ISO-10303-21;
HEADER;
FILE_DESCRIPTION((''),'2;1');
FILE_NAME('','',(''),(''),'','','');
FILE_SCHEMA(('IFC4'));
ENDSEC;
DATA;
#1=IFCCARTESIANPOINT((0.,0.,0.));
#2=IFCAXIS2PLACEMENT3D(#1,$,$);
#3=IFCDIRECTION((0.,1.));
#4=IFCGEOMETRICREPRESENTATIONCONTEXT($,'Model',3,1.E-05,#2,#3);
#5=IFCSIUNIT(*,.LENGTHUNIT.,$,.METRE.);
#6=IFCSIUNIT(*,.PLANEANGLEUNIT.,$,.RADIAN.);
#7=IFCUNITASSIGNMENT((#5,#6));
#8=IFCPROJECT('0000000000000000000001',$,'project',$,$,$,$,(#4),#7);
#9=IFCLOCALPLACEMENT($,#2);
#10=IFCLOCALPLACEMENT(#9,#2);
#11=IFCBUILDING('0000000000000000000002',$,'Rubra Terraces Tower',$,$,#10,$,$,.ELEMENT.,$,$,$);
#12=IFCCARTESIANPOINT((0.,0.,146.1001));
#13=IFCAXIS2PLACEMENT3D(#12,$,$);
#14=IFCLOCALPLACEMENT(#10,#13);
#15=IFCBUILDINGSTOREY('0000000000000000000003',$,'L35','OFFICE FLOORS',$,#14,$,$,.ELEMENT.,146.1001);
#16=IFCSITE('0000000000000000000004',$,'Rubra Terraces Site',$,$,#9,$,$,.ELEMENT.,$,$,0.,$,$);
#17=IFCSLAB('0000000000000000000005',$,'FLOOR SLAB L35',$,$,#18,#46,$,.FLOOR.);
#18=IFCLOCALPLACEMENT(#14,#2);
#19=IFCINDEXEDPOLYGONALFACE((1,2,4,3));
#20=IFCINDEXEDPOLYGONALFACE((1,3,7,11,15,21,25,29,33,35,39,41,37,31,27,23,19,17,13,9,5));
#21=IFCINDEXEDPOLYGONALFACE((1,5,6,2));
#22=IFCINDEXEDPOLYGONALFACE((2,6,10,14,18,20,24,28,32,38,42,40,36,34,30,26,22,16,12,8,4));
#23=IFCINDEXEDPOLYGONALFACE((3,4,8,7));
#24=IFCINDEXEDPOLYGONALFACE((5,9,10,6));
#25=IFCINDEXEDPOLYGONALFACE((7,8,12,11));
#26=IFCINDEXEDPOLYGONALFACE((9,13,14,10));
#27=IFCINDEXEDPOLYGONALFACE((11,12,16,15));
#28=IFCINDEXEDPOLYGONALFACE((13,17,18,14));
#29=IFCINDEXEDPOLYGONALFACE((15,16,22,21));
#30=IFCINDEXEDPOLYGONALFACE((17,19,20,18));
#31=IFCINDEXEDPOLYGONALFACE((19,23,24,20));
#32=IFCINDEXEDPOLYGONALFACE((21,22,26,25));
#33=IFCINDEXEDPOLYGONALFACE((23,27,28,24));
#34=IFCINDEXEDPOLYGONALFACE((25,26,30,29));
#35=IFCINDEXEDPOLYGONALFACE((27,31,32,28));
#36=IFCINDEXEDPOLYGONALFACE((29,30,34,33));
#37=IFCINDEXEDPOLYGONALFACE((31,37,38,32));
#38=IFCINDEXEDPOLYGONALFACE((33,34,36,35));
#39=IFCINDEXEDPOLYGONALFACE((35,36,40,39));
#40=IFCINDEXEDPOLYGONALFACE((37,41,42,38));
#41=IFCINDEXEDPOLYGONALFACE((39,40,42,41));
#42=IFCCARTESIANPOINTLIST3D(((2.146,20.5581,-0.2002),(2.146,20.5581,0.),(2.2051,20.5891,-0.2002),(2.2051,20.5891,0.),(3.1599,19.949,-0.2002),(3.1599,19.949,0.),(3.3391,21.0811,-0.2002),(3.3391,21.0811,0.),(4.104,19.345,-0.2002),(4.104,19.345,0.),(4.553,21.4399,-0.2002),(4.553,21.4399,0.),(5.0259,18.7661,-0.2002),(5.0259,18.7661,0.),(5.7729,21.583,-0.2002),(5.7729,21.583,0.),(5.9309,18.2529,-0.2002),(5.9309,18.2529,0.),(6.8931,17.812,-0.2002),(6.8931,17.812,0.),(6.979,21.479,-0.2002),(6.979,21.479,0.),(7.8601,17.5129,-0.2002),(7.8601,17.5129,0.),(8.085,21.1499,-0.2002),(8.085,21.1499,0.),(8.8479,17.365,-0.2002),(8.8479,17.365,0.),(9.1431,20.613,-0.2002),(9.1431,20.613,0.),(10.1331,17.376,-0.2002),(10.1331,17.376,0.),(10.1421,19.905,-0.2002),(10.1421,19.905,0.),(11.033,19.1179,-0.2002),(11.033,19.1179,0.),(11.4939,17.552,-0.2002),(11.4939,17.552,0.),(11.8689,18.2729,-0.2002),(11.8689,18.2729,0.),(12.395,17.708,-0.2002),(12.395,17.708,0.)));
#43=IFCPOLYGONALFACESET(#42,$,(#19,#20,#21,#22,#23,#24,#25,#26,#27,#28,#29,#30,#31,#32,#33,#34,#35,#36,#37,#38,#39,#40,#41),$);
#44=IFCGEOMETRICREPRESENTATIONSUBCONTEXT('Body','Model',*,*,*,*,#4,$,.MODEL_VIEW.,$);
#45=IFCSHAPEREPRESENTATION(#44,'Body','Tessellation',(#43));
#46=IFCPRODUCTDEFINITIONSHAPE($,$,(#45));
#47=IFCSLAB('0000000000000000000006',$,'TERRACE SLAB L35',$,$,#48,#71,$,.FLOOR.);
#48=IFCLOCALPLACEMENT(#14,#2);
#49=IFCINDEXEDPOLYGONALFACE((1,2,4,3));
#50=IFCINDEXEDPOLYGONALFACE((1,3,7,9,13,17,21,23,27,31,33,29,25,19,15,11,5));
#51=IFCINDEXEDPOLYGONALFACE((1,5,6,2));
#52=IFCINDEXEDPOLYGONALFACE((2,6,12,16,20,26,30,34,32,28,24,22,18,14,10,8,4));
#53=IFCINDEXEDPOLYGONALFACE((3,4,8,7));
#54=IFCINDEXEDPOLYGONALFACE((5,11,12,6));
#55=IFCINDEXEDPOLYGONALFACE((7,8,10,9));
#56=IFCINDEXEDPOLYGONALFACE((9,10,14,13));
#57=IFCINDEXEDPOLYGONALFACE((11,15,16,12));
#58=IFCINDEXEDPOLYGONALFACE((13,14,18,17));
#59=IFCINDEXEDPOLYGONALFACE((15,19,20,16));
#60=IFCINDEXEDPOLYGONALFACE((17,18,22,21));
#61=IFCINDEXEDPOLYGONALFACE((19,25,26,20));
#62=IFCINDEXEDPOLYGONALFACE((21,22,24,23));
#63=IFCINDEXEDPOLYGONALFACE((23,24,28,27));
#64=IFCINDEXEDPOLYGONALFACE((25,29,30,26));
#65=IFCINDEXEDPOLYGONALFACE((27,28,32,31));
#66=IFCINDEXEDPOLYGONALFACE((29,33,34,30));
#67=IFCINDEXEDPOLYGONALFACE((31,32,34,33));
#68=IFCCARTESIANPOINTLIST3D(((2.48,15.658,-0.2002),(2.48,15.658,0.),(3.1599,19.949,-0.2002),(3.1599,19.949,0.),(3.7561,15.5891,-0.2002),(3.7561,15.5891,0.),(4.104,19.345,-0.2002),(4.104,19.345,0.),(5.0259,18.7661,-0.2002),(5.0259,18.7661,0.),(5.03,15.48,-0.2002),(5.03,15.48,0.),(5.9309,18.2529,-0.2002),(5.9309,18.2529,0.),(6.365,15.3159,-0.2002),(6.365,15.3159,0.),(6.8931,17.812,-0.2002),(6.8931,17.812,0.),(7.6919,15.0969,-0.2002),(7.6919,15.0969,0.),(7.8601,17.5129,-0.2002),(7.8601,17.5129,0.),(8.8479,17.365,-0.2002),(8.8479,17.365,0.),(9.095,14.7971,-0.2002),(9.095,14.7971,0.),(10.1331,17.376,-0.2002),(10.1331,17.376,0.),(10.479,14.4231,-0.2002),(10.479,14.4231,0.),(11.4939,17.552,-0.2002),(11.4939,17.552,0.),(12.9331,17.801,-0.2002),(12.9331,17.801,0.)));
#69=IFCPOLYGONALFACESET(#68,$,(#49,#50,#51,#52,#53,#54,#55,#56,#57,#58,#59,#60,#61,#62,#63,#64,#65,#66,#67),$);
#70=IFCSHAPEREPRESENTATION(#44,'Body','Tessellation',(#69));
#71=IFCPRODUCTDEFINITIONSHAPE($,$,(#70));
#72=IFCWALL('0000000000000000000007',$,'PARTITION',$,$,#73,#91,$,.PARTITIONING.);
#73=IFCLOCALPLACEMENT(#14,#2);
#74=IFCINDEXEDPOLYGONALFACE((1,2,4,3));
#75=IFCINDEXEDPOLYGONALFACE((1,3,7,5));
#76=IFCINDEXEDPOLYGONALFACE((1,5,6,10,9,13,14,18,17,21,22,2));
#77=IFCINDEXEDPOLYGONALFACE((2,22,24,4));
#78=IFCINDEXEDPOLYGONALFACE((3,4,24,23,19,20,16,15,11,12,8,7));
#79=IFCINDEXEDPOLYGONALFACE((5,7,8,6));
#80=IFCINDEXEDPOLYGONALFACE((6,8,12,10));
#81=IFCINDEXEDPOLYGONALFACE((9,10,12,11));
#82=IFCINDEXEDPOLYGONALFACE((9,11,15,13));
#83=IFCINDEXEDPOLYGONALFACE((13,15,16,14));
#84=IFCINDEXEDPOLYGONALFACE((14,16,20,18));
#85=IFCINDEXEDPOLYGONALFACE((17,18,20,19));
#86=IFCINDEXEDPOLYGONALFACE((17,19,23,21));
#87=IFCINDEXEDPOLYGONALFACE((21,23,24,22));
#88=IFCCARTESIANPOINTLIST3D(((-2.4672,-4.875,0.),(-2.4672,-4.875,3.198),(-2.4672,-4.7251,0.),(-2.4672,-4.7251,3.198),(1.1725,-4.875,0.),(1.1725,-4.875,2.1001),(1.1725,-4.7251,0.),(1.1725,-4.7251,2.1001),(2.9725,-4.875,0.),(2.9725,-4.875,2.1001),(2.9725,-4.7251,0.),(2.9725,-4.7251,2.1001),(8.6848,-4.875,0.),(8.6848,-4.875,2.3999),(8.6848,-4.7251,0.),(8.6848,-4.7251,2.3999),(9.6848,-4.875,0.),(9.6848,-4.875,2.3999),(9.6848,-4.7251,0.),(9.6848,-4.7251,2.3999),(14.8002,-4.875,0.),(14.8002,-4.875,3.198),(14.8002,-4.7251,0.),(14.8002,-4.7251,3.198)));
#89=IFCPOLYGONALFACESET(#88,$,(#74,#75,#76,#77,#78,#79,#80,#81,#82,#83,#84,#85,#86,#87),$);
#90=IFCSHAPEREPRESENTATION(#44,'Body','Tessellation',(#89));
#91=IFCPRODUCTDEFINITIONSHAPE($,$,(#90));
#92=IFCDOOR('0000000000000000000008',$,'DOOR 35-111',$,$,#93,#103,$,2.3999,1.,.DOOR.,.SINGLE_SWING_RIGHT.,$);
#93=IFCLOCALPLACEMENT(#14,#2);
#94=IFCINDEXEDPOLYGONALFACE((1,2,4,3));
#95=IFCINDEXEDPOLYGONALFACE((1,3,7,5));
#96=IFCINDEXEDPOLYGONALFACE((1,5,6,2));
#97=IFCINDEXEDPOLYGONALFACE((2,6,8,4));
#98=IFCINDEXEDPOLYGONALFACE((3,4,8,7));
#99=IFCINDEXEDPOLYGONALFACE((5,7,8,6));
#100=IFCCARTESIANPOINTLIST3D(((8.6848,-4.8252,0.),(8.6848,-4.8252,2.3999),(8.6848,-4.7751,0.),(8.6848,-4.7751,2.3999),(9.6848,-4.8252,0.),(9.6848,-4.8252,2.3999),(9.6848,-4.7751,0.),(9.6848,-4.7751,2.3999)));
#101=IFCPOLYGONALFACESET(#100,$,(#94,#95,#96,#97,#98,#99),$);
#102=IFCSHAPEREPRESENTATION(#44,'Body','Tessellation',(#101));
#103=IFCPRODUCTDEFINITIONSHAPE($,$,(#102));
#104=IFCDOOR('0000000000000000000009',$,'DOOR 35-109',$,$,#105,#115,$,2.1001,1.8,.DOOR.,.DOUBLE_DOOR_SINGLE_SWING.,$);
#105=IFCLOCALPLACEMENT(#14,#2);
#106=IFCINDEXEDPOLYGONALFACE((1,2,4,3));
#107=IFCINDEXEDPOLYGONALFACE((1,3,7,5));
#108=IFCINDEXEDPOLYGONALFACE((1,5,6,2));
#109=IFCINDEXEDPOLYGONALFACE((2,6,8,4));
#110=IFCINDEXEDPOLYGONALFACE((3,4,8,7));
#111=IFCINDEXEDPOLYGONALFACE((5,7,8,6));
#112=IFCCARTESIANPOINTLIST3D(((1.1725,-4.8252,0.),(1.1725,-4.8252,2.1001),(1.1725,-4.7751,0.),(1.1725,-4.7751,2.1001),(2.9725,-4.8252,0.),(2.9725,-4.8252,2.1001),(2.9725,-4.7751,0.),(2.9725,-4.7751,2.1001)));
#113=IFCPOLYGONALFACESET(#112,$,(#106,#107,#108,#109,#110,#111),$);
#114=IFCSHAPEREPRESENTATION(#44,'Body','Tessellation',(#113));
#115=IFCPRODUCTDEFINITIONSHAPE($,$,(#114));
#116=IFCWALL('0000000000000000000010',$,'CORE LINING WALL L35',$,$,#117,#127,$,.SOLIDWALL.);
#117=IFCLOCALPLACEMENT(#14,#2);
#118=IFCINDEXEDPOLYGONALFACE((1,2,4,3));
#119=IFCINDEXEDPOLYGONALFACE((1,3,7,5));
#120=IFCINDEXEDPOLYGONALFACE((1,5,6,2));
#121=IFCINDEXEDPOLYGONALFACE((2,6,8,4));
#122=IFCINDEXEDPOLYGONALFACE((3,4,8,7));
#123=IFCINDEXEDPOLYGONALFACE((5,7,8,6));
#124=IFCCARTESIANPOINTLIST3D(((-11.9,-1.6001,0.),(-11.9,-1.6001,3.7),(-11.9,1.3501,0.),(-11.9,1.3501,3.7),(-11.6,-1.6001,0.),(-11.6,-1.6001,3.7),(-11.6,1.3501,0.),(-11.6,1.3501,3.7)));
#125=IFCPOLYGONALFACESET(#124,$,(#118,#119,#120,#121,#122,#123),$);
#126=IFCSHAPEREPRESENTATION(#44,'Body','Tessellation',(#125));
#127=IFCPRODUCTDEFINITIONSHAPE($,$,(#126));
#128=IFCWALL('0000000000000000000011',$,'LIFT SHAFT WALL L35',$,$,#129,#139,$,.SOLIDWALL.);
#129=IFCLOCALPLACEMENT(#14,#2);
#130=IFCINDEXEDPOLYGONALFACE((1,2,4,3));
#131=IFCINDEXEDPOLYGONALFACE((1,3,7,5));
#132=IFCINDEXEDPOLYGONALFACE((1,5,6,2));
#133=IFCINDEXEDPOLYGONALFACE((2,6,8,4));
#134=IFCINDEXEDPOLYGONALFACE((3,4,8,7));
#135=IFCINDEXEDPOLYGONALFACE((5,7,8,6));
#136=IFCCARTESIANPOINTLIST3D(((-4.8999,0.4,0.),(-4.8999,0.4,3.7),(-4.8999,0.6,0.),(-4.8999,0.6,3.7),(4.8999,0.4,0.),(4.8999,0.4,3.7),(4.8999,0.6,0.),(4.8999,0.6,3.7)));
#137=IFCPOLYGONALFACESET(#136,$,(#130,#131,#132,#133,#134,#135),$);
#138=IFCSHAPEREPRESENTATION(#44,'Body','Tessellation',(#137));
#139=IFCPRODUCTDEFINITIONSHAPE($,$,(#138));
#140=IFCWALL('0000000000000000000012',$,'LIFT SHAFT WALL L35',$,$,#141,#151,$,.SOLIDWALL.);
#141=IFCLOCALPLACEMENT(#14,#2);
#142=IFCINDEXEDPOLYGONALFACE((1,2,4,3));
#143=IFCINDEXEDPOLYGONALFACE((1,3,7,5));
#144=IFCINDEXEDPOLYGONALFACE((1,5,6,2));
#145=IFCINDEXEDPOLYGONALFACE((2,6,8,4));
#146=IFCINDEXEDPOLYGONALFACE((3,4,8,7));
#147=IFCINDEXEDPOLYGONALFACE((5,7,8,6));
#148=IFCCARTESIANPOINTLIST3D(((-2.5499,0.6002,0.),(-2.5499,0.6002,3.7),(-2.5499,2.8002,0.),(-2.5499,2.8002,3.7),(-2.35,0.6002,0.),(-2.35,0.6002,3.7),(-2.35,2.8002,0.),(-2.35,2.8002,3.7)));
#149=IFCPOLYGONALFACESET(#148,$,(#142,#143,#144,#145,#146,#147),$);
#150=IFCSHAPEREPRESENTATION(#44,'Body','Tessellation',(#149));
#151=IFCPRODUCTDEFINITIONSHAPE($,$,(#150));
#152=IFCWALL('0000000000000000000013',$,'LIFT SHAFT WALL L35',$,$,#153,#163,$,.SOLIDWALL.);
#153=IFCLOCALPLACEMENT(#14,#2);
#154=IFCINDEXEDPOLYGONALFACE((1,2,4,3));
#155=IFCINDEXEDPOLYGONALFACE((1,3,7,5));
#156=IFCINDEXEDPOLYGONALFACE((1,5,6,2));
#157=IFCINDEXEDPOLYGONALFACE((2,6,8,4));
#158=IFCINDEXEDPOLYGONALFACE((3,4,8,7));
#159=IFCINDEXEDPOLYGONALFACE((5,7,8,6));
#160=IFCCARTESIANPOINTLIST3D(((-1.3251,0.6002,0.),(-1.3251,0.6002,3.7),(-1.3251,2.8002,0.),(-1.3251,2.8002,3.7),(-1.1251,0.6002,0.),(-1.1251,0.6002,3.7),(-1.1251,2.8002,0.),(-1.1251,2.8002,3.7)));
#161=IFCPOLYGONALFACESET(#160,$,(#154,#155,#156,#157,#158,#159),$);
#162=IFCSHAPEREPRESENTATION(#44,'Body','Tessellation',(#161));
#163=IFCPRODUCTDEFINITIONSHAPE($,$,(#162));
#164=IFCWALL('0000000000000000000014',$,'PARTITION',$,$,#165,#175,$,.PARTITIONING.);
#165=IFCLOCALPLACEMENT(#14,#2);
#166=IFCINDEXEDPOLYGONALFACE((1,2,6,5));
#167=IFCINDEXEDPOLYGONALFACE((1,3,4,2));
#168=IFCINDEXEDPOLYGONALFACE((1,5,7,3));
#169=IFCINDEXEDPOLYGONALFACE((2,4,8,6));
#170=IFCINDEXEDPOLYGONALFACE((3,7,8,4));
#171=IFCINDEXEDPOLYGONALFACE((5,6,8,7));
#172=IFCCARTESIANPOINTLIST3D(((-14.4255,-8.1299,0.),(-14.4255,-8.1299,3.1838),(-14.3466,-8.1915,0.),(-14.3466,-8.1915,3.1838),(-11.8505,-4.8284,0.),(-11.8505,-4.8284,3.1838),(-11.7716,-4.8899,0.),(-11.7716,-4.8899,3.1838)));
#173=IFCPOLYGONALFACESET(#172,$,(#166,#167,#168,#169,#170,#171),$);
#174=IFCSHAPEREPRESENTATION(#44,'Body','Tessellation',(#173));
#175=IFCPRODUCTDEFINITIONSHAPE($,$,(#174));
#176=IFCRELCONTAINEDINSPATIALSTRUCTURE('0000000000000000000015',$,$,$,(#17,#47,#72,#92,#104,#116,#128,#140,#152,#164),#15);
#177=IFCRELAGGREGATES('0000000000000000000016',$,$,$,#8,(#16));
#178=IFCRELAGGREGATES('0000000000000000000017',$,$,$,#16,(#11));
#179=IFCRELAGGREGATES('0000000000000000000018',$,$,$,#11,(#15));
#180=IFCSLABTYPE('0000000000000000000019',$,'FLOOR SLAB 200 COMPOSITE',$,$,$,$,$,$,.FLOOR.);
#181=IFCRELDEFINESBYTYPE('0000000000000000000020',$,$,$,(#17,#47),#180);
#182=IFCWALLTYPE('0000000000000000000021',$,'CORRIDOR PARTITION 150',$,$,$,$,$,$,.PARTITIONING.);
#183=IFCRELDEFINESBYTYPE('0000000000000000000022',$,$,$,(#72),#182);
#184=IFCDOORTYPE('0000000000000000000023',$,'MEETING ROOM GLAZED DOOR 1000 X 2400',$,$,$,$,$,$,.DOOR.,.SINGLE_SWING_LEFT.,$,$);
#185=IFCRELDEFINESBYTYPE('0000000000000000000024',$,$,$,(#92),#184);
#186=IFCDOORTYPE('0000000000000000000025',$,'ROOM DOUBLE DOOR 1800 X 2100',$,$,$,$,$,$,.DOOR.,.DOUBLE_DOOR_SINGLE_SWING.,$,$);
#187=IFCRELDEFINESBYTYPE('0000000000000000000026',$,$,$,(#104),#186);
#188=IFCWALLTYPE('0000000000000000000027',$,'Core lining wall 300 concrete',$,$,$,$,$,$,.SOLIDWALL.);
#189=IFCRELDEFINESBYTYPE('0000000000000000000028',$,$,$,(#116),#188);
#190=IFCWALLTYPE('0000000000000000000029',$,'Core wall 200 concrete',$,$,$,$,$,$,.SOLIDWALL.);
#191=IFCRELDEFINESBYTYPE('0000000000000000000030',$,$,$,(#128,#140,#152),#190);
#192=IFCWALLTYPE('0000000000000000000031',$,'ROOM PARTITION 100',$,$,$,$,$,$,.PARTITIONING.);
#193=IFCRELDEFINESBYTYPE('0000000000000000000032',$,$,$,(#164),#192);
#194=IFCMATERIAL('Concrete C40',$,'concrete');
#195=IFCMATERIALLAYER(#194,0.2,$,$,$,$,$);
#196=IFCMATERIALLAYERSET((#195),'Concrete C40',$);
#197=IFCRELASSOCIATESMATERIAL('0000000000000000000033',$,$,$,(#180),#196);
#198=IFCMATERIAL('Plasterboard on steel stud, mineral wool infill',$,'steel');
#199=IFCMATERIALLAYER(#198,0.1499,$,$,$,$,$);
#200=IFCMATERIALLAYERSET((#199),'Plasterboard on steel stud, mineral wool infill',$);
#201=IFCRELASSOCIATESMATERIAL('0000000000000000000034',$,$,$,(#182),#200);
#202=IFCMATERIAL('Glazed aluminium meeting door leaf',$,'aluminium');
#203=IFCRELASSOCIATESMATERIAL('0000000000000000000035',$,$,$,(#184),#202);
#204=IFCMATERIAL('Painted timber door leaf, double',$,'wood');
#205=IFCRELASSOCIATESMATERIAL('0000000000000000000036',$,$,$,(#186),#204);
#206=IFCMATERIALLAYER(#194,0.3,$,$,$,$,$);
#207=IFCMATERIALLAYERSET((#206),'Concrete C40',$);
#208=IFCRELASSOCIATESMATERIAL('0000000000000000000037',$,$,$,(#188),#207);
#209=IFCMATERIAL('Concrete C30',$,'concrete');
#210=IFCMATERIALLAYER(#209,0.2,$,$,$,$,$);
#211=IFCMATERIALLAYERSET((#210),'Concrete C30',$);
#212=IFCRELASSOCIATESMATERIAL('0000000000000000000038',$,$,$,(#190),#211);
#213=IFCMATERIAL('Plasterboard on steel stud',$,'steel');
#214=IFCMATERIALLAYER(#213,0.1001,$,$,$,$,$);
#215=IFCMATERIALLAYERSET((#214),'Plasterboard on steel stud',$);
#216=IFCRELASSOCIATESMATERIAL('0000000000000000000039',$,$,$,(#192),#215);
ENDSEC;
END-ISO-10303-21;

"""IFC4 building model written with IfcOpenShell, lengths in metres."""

from ifc_helpers import new_model, si_unit, direction, frame, frame_2d, origin, place, context, subcontext, project, spatial, polyline, rectangle, outline, extrude, material, layer, layer_set, type_object, element, fill, save


model = new_model("IFC4")

# Units and contexts
model_context = context("Model", 3, precision=1e-05, world=origin(), true_north=direction((0.0, 1.0)))
body_context = subcontext(model_context, "Body", "Model", "MODEL_VIEW")
ifc_project = project(units=[si_unit("LENGTHUNIT", "METRE"), si_unit("PLANEANGLEUNIT", "RADIAN")], contexts=[model_context])

# Site, building, storey
site_placement = place(None, origin())
site = spatial("IfcSite", under=ifc_project, at=site_placement, Name="Rubra Terraces Site", CompositionType="ELEMENT", RefElevation=0.0)
building_placement = place(site_placement, origin())
building = spatial("IfcBuilding", under=site, at=building_placement, Name="Rubra Terraces Tower", CompositionType="ELEMENT")
storey_placement = place(building_placement, frame((0.0, 0.0, 146.1001)))
storey = spatial("IfcBuildingStorey", under=building, at=storey_placement, Name="L35", Description="OFFICE FLOORS", CompositionType="ELEMENT", Elevation=146.1001)

# Shared definitions
ifc_material_1 = material(Name="Concrete C40", Category="concrete")

# Slabs
ifc_layer_1 = layer(ifc_material_1, 0.2)
ifc_layer_set_1 = layer_set([ifc_layer_1], Name="Concrete C40")
slab_type_1 = type_object("IfcSlabType", Name="FLOOR SLAB 200 COMPOSITE", PredefinedType="FLOOR", material=ifc_layer_set_1)
slab_1_placement = place(storey_placement, frame((0.0, 0.0, -0.2002)))
element("IfcSlab", 1, at=slab_1_placement, inside=storey, type_object=slab_type_1, Name="FLOOR SLAB L35", PredefinedType="FLOOR", context=body_context, shape_type="SweptSolid", body=[
    extrude(outline(polyline([(5.7729, 21.583), (4.553, 21.4399), (3.3391, 21.0811), (2.2051, 20.5891), (2.146, 20.5581), (3.1599, 19.949), (4.104, 19.345), (5.0259, 18.7661), (5.9309, 18.2529), (6.8931, 17.812), (7.8601, 17.5129), (8.8479, 17.365), (10.1331, 17.376), (11.4939, 17.552), (12.395, 17.708), (11.8689, 18.2729), (11.033, 19.1179), (10.1421, 19.905), (9.1431, 20.613), (8.085, 21.1499), (6.979, 21.479), (5.7729, 21.583)])), origin(), (0.0, 0.0, 1.0), 0.2002),
])
slab_2_placement = place(storey_placement, frame((0.0, 0.0, -0.2002)))
element("IfcSlab", 2, at=slab_2_placement, inside=storey, type_object=slab_type_1, Name="TERRACE SLAB L35", PredefinedType="FLOOR", context=body_context, shape_type="SweptSolid", body=[
    extrude(outline(polyline([(12.9331, 17.801), (11.4939, 17.552), (10.1331, 17.376), (8.8479, 17.365), (7.8601, 17.5129), (6.8931, 17.812), (5.9309, 18.2529), (5.0259, 18.7661), (4.104, 19.345), (3.1599, 19.949), (2.48, 15.658), (3.7561, 15.5891), (5.03, 15.48), (6.365, 15.3159), (7.6919, 15.0969), (9.095, 14.7971), (10.479, 14.4231), (12.9331, 17.801)])), origin(), (0.0, 0.0, 1.0), 0.2002),
])

# Wall, openings, doors
ifc_material_2 = material(Name="Plasterboard on steel stud, mineral wool infill", Category="steel")
ifc_layer_2 = layer(ifc_material_2, 0.1499)
ifc_layer_set_2 = layer_set([ifc_layer_2], Name="Plasterboard on steel stud, mineral wool infill")
wall_type_1 = type_object("IfcWallType", Name="CORRIDOR PARTITION 150", PredefinedType="PARTITIONING", material=ifc_layer_set_2)
wall_1_placement = place(storey_placement, frame((-2.4673, -4.8, 0.0), z_axis=(0.0, 0.0, 1.0), x_axis=(1.0, 0.0, 0.0)))
wall_1 = element("IfcWall", 3, at=wall_1_placement, inside=storey, type_object=wall_type_1, Name="PARTITION", PredefinedType="PARTITIONING", context=body_context, shape_type="SweptSolid", body=[
    extrude(rectangle(XDim=17.2673, YDim=0.1499, at=frame_2d((8.6338, 0.0))), origin(), (0.0, 0.0, 1.0), 3.198),
])
opening_1_placement = place(wall_1_placement, frame((3.6399, 0.0, 0.0)))
opening_1 = element("IfcOpeningElement", 4, at=opening_1_placement, cuts=wall_1, PredefinedType="OPENING", context=body_context, shape_type="SweptSolid", body=[
    extrude(rectangle(XDim=1.8, YDim=2.1001, at=frame_2d((0.8999, 1.05))), frame((0.0, 0.085, 0.0), z_axis=(0.0, -1.0, 0.0), x_axis=(1.0, 0.0, 0.0)), (0.0, 0.0, 1.0), 0.1699),
])
opening_2_placement = place(wall_1_placement, frame((11.1521, 0.0, 0.0)))
opening_2 = element("IfcOpeningElement", 5, at=opening_2_placement, cuts=wall_1, PredefinedType="OPENING", context=body_context, shape_type="SweptSolid", body=[
    extrude(rectangle(XDim=1.0, YDim=2.3999, at=frame_2d((0.5, 1.2))), frame((0.0, 0.085, 0.0), z_axis=(0.0, -1.0, 0.0), x_axis=(1.0, 0.0, 0.0)), (0.0, 0.0, 1.0), 0.1699),
])
ifc_material_3 = material(Name="Glazed aluminium meeting door leaf", Category="aluminium")
door_type_1 = type_object("IfcDoorType", Name="MEETING ROOM GLAZED DOOR 1000 X 2400", OperationType="SINGLE_SWING_LEFT", PredefinedType="DOOR", material=ifc_material_3)
door_1_placement = place(opening_2_placement, origin())
door_1 = element("IfcDoor", 6, at=door_1_placement, inside=storey, type_object=door_type_1, Name="DOOR 35-111", OperationType="SINGLE_SWING_RIGHT", OverallHeight=2.3999, OverallWidth=1.0, PredefinedType="DOOR", context=body_context, shape_type="SweptSolid", body=[
    extrude(rectangle(XDim=1.0, YDim=2.3999, at=frame_2d((0.5, 1.2))), frame((0.0, 0.0249, 0.0), z_axis=(0.0, -1.0, 0.0), x_axis=(1.0, 0.0, 0.0)), (0.0, 0.0, 1.0), 0.05),
])
fill(opening_2, door_1)
ifc_material_4 = material(Name="Painted timber door leaf, double", Category="wood")
door_type_2 = type_object("IfcDoorType", Name="ROOM DOUBLE DOOR 1800 X 2100", OperationType="DOUBLE_DOOR_SINGLE_SWING", PredefinedType="DOOR", material=ifc_material_4)
door_2_placement = place(opening_1_placement, origin())
door_2 = element("IfcDoor", 7, at=door_2_placement, inside=storey, type_object=door_type_2, Name="DOOR 35-109", OperationType="DOUBLE_DOOR_SINGLE_SWING", OverallHeight=2.1001, OverallWidth=1.8, PredefinedType="DOOR", context=body_context, shape_type="SweptSolid", body=[
    extrude(rectangle(XDim=1.8, YDim=2.1001, at=frame_2d((0.8999, 1.05))), frame((0.0, 0.0249, 0.0), z_axis=(0.0, -1.0, 0.0), x_axis=(1.0, 0.0, 0.0)), (0.0, 0.0, 1.0), 0.05),
])
fill(opening_1, door_2)

# Walls
ifc_layer_3 = layer(ifc_material_1, 0.3)
ifc_layer_set_3 = layer_set([ifc_layer_3], Name="Concrete C40")
wall_type_2 = type_object("IfcWallType", Name="Core lining wall 300 concrete", PredefinedType="SOLIDWALL", material=ifc_layer_set_3)
wall_2_placement = place(storey_placement, frame((-11.75, -1.6001, 0.0), z_axis=(0.0, 0.0, 1.0), x_axis=(0.0, 1.0, 0.0)))
element("IfcWall", 8, at=wall_2_placement, inside=storey, type_object=wall_type_2, Name="CORE LINING WALL L35", PredefinedType="SOLIDWALL", context=body_context, shape_type="SweptSolid", body=[
    extrude(rectangle(XDim=2.9502, YDim=0.3, at=frame_2d((1.4751, 0.0))), origin(), (0.0, 0.0, 1.0), 3.7),
])
ifc_material_5 = material(Name="Concrete C30", Category="concrete")
ifc_layer_4 = layer(ifc_material_5, 0.2)
ifc_layer_set_4 = layer_set([ifc_layer_4], Name="Concrete C30")
wall_type_3 = type_object("IfcWallType", Name="Core wall 200 concrete", PredefinedType="SOLIDWALL", material=ifc_layer_set_4)
wall_3_placement = place(storey_placement, frame((-4.8999, 0.5, 0.0), z_axis=(0.0, 0.0, 1.0), x_axis=(1.0, 0.0, 0.0)))
element("IfcWall", 9, at=wall_3_placement, inside=storey, type_object=wall_type_3, Name="LIFT SHAFT WALL L35", PredefinedType="SOLIDWALL", context=body_context, shape_type="SweptSolid", body=[
    extrude(rectangle(XDim=9.7998, YDim=0.2, at=frame_2d((4.8999, 0.0))), origin(), (0.0, 0.0, 1.0), 3.7),
])
for number, where, z_axis, x_axis, name in (
    (10, (-2.45, 0.6001, 0.0), (0.0, 0.0, 1.0), (0.0, 1.0, 0.0), "LIFT SHAFT WALL L35"),
    (11, (-1.2251, 0.6001, 0.0), (0.0, 0.0, 1.0), (0.0, 1.0, 0.0), "LIFT SHAFT WALL L35"),
):
    element("IfcWall", number, at=place(storey_placement, frame(where, z_axis=z_axis, x_axis=x_axis)), inside=storey, type_object=wall_type_3, Name=name, PredefinedType="SOLIDWALL", context=body_context, shape_type="SweptSolid", body=[
        extrude(rectangle(XDim=2.2, YDim=0.2, at=frame_2d((1.1001, 0.0))), origin(), (0.0, 0.0, 1.0), 3.7),
    ])
ifc_material_6 = material(Name="Plasterboard on steel stud", Category="steel")
ifc_layer_5 = layer(ifc_material_6, 0.1001)
ifc_layer_set_5 = layer_set([ifc_layer_5], Name="Plasterboard on steel stud")
wall_type_4 = type_object("IfcWallType", Name="ROOM PARTITION 100", PredefinedType="PARTITIONING", material=ifc_layer_set_5)
wall_4_placement = place(storey_placement, frame((-11.811, -4.8591, 0.0), z_axis=(0.0, 0.0, 1.0), x_axis=(-0.614998, -0.788529, 0.0)))
element("IfcWall", 12, at=wall_4_placement, inside=storey, type_object=wall_type_4, Name="PARTITION", PredefinedType="PARTITIONING", context=body_context, shape_type="SweptSolid", body=[
    extrude(rectangle(XDim=4.187, YDim=0.1001, at=frame_2d((2.0935, 0.0))), origin(), (0.0, 0.0, 1.0), 3.1838),
])

save(model, "model.ifc")
